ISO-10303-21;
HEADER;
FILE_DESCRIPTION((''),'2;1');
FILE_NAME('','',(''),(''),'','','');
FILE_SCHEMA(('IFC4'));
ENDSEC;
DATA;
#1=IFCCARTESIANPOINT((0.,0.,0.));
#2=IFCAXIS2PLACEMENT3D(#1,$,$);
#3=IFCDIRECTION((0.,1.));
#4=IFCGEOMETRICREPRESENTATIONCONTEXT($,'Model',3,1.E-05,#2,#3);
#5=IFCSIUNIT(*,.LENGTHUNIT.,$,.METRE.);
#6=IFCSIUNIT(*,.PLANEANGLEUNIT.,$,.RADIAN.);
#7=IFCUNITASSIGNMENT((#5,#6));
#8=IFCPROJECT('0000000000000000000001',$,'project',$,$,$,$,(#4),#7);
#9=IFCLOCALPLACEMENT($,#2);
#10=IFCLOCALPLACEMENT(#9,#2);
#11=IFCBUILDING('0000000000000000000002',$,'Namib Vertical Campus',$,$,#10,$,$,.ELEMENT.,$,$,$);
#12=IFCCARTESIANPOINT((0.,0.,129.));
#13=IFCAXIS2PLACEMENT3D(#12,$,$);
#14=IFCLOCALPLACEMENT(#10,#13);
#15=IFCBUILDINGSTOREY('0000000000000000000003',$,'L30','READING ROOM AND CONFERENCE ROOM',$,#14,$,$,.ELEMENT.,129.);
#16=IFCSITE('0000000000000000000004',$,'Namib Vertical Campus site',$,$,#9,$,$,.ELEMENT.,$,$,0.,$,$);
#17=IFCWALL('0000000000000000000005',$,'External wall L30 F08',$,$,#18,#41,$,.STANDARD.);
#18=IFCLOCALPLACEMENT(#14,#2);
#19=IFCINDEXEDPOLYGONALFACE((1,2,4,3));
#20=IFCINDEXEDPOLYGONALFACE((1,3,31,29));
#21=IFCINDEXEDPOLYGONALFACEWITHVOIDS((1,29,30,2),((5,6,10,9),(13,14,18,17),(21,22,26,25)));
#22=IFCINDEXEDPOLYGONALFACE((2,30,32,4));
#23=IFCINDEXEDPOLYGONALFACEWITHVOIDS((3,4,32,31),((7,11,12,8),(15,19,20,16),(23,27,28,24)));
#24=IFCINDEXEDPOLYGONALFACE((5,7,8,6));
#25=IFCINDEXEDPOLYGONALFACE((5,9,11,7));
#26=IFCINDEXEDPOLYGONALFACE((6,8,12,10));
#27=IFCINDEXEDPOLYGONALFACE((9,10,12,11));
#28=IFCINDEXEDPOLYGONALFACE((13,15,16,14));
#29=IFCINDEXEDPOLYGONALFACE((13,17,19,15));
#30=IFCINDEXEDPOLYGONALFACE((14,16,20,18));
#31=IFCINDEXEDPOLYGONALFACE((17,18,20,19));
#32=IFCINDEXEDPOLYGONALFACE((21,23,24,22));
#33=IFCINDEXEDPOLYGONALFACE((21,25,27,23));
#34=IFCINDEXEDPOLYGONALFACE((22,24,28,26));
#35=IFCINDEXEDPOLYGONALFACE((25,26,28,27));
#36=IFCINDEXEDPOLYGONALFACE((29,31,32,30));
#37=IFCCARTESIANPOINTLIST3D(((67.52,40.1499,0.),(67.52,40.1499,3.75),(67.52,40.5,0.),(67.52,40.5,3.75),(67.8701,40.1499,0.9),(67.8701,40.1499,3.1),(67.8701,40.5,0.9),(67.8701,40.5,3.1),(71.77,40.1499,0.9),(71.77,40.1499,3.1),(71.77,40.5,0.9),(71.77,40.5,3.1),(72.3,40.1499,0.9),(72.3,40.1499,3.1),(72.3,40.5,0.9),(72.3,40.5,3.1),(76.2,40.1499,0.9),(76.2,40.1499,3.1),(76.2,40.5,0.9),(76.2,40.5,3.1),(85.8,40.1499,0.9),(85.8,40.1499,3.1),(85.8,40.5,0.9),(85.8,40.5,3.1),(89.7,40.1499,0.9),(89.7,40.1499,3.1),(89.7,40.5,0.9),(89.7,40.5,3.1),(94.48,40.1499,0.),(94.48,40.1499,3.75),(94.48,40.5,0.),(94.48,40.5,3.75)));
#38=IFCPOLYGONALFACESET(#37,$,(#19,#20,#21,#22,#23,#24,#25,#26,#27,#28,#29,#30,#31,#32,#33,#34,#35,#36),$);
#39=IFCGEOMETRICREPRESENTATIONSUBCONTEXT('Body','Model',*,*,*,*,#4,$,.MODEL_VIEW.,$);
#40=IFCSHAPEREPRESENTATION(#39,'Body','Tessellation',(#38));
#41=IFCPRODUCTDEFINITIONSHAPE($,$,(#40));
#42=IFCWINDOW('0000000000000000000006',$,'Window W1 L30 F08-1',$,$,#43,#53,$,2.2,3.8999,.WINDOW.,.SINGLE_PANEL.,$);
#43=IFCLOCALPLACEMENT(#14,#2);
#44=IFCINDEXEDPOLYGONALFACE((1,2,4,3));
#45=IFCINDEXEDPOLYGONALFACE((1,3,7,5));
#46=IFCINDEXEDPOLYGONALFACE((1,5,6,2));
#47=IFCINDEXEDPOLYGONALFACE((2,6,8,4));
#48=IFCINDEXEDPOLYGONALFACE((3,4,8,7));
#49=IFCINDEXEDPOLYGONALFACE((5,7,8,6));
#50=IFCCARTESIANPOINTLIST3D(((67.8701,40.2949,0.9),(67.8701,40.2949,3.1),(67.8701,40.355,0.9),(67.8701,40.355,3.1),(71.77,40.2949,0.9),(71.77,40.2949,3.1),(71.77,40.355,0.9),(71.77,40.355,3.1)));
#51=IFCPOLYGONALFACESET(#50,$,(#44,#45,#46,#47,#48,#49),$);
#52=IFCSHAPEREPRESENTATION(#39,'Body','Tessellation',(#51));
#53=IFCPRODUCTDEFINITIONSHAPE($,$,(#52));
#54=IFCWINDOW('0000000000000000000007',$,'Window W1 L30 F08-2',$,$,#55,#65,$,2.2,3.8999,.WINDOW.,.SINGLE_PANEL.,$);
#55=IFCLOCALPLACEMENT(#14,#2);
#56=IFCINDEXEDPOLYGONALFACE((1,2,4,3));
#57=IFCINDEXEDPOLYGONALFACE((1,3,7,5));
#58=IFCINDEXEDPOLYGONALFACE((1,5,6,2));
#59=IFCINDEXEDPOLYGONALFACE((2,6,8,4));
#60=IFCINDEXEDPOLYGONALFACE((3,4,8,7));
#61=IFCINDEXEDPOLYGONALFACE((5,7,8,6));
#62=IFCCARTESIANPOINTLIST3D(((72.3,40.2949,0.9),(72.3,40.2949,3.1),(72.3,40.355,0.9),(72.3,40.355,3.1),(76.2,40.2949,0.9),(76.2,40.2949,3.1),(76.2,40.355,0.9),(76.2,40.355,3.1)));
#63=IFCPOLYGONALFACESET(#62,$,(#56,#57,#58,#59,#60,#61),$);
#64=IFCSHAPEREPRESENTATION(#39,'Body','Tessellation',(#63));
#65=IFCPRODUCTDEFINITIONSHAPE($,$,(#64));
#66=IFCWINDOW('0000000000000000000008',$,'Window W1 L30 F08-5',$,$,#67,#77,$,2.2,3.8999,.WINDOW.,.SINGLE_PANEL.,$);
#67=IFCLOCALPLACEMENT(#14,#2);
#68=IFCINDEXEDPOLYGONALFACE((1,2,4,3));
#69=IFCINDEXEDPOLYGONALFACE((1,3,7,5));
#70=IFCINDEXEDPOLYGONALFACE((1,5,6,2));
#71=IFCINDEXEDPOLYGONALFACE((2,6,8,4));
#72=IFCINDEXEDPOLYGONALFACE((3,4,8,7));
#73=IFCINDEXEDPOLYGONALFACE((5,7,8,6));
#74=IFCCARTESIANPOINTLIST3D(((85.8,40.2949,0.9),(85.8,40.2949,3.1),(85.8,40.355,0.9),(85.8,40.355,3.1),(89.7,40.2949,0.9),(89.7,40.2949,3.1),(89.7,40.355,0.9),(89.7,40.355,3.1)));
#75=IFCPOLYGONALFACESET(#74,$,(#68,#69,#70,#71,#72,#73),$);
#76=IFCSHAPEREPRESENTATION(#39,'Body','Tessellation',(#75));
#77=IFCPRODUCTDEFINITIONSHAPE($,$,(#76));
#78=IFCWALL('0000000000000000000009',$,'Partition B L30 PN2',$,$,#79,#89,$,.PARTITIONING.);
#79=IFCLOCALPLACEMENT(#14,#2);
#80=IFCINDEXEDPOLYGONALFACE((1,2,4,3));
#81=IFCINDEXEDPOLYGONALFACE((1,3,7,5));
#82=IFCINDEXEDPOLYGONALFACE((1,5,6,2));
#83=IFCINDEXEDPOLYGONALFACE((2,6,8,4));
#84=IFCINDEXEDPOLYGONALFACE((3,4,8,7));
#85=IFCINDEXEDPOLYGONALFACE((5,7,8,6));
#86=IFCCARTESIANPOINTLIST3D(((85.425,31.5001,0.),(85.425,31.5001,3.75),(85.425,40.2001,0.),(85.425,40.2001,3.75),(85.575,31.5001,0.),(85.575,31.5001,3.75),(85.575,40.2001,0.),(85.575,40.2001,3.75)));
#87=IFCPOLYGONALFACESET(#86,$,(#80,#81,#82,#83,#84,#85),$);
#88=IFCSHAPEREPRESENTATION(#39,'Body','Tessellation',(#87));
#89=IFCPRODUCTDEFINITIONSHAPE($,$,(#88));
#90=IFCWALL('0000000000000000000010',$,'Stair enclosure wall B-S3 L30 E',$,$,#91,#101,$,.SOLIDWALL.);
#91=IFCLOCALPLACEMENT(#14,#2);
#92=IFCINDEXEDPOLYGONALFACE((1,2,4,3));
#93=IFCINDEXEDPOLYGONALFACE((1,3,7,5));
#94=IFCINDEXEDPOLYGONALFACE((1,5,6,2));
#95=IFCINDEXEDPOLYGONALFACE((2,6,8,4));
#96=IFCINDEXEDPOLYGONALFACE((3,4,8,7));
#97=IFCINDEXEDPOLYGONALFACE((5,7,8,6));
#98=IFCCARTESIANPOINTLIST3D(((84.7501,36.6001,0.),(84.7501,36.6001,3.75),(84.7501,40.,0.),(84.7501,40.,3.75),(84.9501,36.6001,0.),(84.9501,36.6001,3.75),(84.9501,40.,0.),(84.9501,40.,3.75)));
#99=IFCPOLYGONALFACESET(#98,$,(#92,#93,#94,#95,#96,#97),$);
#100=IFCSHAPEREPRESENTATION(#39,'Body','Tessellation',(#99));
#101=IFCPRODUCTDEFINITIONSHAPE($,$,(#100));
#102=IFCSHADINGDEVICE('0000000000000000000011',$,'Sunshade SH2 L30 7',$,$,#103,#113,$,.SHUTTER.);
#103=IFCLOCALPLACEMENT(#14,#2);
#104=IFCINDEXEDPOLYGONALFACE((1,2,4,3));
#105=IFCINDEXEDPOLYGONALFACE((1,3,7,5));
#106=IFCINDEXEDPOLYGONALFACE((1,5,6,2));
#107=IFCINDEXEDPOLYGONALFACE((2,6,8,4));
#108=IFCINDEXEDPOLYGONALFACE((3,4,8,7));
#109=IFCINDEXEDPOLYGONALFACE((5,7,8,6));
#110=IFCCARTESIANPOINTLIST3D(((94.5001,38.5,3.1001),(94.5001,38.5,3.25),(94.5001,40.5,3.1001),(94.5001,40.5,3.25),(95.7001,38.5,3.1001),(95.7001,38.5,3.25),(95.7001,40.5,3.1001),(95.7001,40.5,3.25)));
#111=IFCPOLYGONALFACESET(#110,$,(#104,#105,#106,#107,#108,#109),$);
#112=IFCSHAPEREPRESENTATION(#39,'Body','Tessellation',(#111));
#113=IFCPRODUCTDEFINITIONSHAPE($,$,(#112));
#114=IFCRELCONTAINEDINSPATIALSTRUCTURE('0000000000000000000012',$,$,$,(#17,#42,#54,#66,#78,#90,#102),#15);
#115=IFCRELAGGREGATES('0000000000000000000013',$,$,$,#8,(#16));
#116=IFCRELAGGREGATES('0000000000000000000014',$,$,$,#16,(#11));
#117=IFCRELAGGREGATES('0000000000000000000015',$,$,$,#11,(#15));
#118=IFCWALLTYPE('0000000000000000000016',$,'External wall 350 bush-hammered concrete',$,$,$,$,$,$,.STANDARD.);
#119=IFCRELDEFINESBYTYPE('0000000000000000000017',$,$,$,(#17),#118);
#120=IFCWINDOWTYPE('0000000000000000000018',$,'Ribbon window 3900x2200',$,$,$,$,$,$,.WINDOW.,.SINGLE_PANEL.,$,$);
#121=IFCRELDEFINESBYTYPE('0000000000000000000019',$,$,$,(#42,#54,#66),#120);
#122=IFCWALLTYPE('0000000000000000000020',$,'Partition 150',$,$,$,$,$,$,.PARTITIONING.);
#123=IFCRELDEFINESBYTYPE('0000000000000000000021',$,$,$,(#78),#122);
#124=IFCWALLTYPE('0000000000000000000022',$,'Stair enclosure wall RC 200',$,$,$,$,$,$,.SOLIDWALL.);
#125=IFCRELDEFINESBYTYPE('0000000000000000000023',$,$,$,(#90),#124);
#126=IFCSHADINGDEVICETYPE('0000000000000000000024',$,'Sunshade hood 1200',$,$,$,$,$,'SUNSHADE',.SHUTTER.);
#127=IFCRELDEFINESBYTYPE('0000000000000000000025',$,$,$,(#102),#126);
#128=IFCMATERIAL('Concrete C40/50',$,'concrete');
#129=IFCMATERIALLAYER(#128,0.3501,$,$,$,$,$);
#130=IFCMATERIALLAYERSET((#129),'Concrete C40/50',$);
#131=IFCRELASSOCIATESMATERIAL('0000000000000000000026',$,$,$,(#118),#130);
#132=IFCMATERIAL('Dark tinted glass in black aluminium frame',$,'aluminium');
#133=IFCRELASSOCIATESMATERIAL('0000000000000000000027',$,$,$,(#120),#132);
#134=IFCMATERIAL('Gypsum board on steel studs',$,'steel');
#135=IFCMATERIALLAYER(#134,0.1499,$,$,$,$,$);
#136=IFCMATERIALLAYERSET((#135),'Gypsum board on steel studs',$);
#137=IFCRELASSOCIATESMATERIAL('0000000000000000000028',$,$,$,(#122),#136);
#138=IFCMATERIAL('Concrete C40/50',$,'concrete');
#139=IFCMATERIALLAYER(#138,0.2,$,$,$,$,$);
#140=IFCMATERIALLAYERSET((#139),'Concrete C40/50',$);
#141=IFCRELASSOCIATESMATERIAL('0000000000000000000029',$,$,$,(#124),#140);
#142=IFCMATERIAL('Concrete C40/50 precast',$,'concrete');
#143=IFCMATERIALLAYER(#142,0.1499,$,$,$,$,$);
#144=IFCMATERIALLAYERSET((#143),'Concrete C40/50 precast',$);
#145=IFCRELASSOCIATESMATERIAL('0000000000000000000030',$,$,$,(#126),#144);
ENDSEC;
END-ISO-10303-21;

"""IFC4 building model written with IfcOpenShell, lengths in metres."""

from ifc_helpers import new_model, si_unit, direction, frame, frame_2d, origin, origin_2d, place, context, subcontext, project, spatial, rectangle, extrude, material, layer, layer_set, type_object, element, fill, save


model = new_model("IFC4")

# Units and contexts
model_context = context("Model", 3, precision=1e-05, world=origin(), true_north=direction((0.0, 1.0)))
body_context = subcontext(model_context, "Body", "Model", "MODEL_VIEW")
ifc_project = project(units=[si_unit("LENGTHUNIT", "METRE"), si_unit("PLANEANGLEUNIT", "RADIAN")], contexts=[model_context])

# Site, building, storey
site_placement = place(None, origin())
site = spatial("IfcSite", under=ifc_project, at=site_placement, Name="Namib Vertical Campus site", CompositionType="ELEMENT", RefElevation=0.0)
building_placement = place(site_placement, origin())
building = spatial("IfcBuilding", under=site, at=building_placement, Name="Namib Vertical Campus", CompositionType="ELEMENT")
storey_placement = place(building_placement, frame((0.0, 0.0, 129.0)))
storey = spatial("IfcBuildingStorey", under=building, at=storey_placement, Name="L30", Description="READING ROOM AND CONFERENCE ROOM", CompositionType="ELEMENT", Elevation=129.0)

# Shared definitions
ifc_material_1 = material(Name="Concrete C40/50", Category="concrete")
ifc_layer_1 = layer(ifc_material_1, 0.3501)
ifc_layer_set_1 = layer_set([ifc_layer_1], Name="Concrete C40/50")
wall_type_1 = type_object("IfcWallType", Name="External wall 350 bush-hammered concrete", PredefinedType="STANDARD", material=ifc_layer_set_1)

# Wall, openings, windows
wall_1_placement = place(storey_placement, frame((94.48, 40.325, 0.0), z_axis=(0.0, 0.0, 1.0), x_axis=(-1.0, 0.0, 0.0)))
wall_1 = element("IfcWall", 1, at=wall_1_placement, inside=storey, type_object=wall_type_1, Name="External wall L30 F08", PredefinedType="STANDARD", context=body_context, shape_type="SweptSolid", body=[
    extrude(rectangle(XDim=26.96, YDim=0.3501, at=frame_2d((13.48, 0.0))), origin(), (0.0, 0.0, 1.0), 3.75),
])
opening_1_placement = place(wall_1_placement, frame((22.71, 0.0, 0.8999)))
opening_1 = element("IfcOpeningElement", 2, at=opening_1_placement, cuts=wall_1, PredefinedType="OPENING", context=body_context, shape_type="SweptSolid", body=[
    extrude(rectangle(XDim=3.8999, YDim=2.2, at=frame_2d((1.95, 1.1001))), frame((0.0, 0.1851, 0.0), z_axis=(0.0, -1.0, 0.0), x_axis=(1.0, 0.0, 0.0)), (0.0, 0.0, 1.0), 0.3701),
])
opening_2_placement = place(wall_1_placement, frame((18.28, 0.0, 0.8999)))
opening_2 = element("IfcOpeningElement", 3, at=opening_2_placement, cuts=wall_1, PredefinedType="OPENING", context=body_context, shape_type="SweptSolid", body=[
    extrude(rectangle(XDim=3.8999, YDim=2.2, at=frame_2d((1.95, 1.1001))), frame((0.0, 0.1851, 0.0), z_axis=(0.0, -1.0, 0.0), x_axis=(1.0, 0.0, 0.0)), (0.0, 0.0, 1.0), 0.3701),
])
opening_3_placement = place(wall_1_placement, frame((4.78, 0.0, 0.8999)))
opening_3 = element("IfcOpeningElement", 4, at=opening_3_placement, cuts=wall_1, PredefinedType="OPENING", context=body_context, shape_type="SweptSolid", body=[
    extrude(rectangle(XDim=3.8999, YDim=2.2, at=frame_2d((1.95, 1.1001))), frame((0.0, 0.1851, 0.0), z_axis=(0.0, -1.0, 0.0), x_axis=(1.0, 0.0, 0.0)), (0.0, 0.0, 1.0), 0.3701),
])
ifc_material_2 = material(Name="Dark tinted glass in black aluminium frame", Category="aluminium")
window_type = type_object("IfcWindowType", Name="Ribbon window 3900x2200", PartitioningType="SINGLE_PANEL", PredefinedType="WINDOW", material=ifc_material_2)
window_1_placement = place(opening_1_placement, origin())
window_1 = element("IfcWindow", 5, at=window_1_placement, inside=storey, type_object=window_type, Name="Window W1 L30 F08-1", OverallHeight=2.2, OverallWidth=3.8999, PartitioningType="SINGLE_PANEL", PredefinedType="WINDOW", context=body_context, shape_type="SweptSolid", body=[
    extrude(rectangle(XDim=3.8999, YDim=2.2, at=frame_2d((1.95, 1.1001))), frame((0.0, 0.03, 0.0), z_axis=(0.0, -1.0, 0.0), x_axis=(1.0, 0.0, 0.0)), (0.0, 0.0, 1.0), 0.0601),
])
fill(opening_1, window_1)
window_2_placement = place(opening_2_placement, origin())
window_2 = element("IfcWindow", 6, at=window_2_placement, inside=storey, type_object=window_type, Name="Window W1 L30 F08-2", OverallHeight=2.2, OverallWidth=3.8999, PartitioningType="SINGLE_PANEL", PredefinedType="WINDOW", context=body_context, shape_type="SweptSolid", body=[
    extrude(rectangle(XDim=3.8999, YDim=2.2, at=frame_2d((1.95, 1.1001))), frame((0.0, 0.03, 0.0), z_axis=(0.0, -1.0, 0.0), x_axis=(1.0, 0.0, 0.0)), (0.0, 0.0, 1.0), 0.0601),
])
fill(opening_2, window_2)
window_3_placement = place(opening_3_placement, origin())
window_3 = element("IfcWindow", 7, at=window_3_placement, inside=storey, type_object=window_type, Name="Window W1 L30 F08-5", OverallHeight=2.2, OverallWidth=3.8999, PartitioningType="SINGLE_PANEL", PredefinedType="WINDOW", context=body_context, shape_type="SweptSolid", body=[
    extrude(rectangle(XDim=3.8999, YDim=2.2, at=frame_2d((1.95, 1.1001))), frame((0.0, 0.03, 0.0), z_axis=(0.0, -1.0, 0.0), x_axis=(1.0, 0.0, 0.0)), (0.0, 0.0, 1.0), 0.0601),
])
fill(opening_3, window_3)

# Walls
ifc_material_3 = material(Name="Gypsum board on steel studs", Category="steel")
ifc_layer_2 = layer(ifc_material_3, 0.1499)
ifc_layer_set_2 = layer_set([ifc_layer_2], Name="Gypsum board on steel studs")
wall_type_2 = type_object("IfcWallType", Name="Partition 150", PredefinedType="PARTITIONING", material=ifc_layer_set_2)
wall_2_placement = place(storey_placement, frame((85.5, 31.5, 0.0), z_axis=(0.0, 0.0, 1.0), x_axis=(0.0, 1.0, 0.0)))
element("IfcWall", 8, at=wall_2_placement, inside=storey, type_object=wall_type_2, Name="Partition B L30 PN2", PredefinedType="PARTITIONING", context=body_context, shape_type="SweptSolid", body=[
    extrude(rectangle(XDim=8.7, YDim=0.1499, at=frame_2d((4.3501, 0.0))), origin(), (0.0, 0.0, 1.0), 3.75),
])
ifc_material_4 = material(Name="Concrete C40/50", Category="concrete")
ifc_layer_3 = layer(ifc_material_4, 0.2)
ifc_layer_set_3 = layer_set([ifc_layer_3], Name="Concrete C40/50")
wall_type_3 = type_object("IfcWallType", Name="Stair enclosure wall RC 200", PredefinedType="SOLIDWALL", material=ifc_layer_set_3)
wall_3_placement = place(storey_placement, frame((84.8501, 36.6001, 0.0), z_axis=(0.0, 0.0, 1.0), x_axis=(0.0, 1.0, 0.0)))
element("IfcWall", 9, at=wall_3_placement, inside=storey, type_object=wall_type_3, Name="Stair enclosure wall B-S3 L30 E", PredefinedType="SOLIDWALL", context=body_context, shape_type="SweptSolid", body=[
    extrude(rectangle(XDim=3.3999, YDim=0.2, at=frame_2d((1.7, 0.0))), origin(), (0.0, 0.0, 1.0), 3.75),
])

# Shading device
ifc_material_5 = material(Name="Concrete C40/50 precast", Category="concrete")
ifc_layer_4 = layer(ifc_material_5, 0.1499)
ifc_layer_set_4 = layer_set([ifc_layer_4], Name="Concrete C40/50 precast")
shading_device_type = type_object("IfcShadingDeviceType", Name="Sunshade hood 1200", ElementType="SUNSHADE", PredefinedType="SHUTTER", material=ifc_layer_set_4)
shading_device_placement = place(storey_placement, frame((95.1001, 39.5, 3.1001), z_axis=(0.0, 0.0, 1.0), x_axis=(0.0, 1.0, 0.0)))
element("IfcShadingDevice", 10, at=shading_device_placement, inside=storey, type_object=shading_device_type, Name="Sunshade SH2 L30 7", PredefinedType="SHUTTER", context=body_context, shape_type="SweptSolid", body=[
    extrude(rectangle(XDim=2.0, YDim=1.2, at=origin_2d()), origin(), (0.0, 0.0, 1.0), 0.1499),
])

save(model, "model.ifc")
